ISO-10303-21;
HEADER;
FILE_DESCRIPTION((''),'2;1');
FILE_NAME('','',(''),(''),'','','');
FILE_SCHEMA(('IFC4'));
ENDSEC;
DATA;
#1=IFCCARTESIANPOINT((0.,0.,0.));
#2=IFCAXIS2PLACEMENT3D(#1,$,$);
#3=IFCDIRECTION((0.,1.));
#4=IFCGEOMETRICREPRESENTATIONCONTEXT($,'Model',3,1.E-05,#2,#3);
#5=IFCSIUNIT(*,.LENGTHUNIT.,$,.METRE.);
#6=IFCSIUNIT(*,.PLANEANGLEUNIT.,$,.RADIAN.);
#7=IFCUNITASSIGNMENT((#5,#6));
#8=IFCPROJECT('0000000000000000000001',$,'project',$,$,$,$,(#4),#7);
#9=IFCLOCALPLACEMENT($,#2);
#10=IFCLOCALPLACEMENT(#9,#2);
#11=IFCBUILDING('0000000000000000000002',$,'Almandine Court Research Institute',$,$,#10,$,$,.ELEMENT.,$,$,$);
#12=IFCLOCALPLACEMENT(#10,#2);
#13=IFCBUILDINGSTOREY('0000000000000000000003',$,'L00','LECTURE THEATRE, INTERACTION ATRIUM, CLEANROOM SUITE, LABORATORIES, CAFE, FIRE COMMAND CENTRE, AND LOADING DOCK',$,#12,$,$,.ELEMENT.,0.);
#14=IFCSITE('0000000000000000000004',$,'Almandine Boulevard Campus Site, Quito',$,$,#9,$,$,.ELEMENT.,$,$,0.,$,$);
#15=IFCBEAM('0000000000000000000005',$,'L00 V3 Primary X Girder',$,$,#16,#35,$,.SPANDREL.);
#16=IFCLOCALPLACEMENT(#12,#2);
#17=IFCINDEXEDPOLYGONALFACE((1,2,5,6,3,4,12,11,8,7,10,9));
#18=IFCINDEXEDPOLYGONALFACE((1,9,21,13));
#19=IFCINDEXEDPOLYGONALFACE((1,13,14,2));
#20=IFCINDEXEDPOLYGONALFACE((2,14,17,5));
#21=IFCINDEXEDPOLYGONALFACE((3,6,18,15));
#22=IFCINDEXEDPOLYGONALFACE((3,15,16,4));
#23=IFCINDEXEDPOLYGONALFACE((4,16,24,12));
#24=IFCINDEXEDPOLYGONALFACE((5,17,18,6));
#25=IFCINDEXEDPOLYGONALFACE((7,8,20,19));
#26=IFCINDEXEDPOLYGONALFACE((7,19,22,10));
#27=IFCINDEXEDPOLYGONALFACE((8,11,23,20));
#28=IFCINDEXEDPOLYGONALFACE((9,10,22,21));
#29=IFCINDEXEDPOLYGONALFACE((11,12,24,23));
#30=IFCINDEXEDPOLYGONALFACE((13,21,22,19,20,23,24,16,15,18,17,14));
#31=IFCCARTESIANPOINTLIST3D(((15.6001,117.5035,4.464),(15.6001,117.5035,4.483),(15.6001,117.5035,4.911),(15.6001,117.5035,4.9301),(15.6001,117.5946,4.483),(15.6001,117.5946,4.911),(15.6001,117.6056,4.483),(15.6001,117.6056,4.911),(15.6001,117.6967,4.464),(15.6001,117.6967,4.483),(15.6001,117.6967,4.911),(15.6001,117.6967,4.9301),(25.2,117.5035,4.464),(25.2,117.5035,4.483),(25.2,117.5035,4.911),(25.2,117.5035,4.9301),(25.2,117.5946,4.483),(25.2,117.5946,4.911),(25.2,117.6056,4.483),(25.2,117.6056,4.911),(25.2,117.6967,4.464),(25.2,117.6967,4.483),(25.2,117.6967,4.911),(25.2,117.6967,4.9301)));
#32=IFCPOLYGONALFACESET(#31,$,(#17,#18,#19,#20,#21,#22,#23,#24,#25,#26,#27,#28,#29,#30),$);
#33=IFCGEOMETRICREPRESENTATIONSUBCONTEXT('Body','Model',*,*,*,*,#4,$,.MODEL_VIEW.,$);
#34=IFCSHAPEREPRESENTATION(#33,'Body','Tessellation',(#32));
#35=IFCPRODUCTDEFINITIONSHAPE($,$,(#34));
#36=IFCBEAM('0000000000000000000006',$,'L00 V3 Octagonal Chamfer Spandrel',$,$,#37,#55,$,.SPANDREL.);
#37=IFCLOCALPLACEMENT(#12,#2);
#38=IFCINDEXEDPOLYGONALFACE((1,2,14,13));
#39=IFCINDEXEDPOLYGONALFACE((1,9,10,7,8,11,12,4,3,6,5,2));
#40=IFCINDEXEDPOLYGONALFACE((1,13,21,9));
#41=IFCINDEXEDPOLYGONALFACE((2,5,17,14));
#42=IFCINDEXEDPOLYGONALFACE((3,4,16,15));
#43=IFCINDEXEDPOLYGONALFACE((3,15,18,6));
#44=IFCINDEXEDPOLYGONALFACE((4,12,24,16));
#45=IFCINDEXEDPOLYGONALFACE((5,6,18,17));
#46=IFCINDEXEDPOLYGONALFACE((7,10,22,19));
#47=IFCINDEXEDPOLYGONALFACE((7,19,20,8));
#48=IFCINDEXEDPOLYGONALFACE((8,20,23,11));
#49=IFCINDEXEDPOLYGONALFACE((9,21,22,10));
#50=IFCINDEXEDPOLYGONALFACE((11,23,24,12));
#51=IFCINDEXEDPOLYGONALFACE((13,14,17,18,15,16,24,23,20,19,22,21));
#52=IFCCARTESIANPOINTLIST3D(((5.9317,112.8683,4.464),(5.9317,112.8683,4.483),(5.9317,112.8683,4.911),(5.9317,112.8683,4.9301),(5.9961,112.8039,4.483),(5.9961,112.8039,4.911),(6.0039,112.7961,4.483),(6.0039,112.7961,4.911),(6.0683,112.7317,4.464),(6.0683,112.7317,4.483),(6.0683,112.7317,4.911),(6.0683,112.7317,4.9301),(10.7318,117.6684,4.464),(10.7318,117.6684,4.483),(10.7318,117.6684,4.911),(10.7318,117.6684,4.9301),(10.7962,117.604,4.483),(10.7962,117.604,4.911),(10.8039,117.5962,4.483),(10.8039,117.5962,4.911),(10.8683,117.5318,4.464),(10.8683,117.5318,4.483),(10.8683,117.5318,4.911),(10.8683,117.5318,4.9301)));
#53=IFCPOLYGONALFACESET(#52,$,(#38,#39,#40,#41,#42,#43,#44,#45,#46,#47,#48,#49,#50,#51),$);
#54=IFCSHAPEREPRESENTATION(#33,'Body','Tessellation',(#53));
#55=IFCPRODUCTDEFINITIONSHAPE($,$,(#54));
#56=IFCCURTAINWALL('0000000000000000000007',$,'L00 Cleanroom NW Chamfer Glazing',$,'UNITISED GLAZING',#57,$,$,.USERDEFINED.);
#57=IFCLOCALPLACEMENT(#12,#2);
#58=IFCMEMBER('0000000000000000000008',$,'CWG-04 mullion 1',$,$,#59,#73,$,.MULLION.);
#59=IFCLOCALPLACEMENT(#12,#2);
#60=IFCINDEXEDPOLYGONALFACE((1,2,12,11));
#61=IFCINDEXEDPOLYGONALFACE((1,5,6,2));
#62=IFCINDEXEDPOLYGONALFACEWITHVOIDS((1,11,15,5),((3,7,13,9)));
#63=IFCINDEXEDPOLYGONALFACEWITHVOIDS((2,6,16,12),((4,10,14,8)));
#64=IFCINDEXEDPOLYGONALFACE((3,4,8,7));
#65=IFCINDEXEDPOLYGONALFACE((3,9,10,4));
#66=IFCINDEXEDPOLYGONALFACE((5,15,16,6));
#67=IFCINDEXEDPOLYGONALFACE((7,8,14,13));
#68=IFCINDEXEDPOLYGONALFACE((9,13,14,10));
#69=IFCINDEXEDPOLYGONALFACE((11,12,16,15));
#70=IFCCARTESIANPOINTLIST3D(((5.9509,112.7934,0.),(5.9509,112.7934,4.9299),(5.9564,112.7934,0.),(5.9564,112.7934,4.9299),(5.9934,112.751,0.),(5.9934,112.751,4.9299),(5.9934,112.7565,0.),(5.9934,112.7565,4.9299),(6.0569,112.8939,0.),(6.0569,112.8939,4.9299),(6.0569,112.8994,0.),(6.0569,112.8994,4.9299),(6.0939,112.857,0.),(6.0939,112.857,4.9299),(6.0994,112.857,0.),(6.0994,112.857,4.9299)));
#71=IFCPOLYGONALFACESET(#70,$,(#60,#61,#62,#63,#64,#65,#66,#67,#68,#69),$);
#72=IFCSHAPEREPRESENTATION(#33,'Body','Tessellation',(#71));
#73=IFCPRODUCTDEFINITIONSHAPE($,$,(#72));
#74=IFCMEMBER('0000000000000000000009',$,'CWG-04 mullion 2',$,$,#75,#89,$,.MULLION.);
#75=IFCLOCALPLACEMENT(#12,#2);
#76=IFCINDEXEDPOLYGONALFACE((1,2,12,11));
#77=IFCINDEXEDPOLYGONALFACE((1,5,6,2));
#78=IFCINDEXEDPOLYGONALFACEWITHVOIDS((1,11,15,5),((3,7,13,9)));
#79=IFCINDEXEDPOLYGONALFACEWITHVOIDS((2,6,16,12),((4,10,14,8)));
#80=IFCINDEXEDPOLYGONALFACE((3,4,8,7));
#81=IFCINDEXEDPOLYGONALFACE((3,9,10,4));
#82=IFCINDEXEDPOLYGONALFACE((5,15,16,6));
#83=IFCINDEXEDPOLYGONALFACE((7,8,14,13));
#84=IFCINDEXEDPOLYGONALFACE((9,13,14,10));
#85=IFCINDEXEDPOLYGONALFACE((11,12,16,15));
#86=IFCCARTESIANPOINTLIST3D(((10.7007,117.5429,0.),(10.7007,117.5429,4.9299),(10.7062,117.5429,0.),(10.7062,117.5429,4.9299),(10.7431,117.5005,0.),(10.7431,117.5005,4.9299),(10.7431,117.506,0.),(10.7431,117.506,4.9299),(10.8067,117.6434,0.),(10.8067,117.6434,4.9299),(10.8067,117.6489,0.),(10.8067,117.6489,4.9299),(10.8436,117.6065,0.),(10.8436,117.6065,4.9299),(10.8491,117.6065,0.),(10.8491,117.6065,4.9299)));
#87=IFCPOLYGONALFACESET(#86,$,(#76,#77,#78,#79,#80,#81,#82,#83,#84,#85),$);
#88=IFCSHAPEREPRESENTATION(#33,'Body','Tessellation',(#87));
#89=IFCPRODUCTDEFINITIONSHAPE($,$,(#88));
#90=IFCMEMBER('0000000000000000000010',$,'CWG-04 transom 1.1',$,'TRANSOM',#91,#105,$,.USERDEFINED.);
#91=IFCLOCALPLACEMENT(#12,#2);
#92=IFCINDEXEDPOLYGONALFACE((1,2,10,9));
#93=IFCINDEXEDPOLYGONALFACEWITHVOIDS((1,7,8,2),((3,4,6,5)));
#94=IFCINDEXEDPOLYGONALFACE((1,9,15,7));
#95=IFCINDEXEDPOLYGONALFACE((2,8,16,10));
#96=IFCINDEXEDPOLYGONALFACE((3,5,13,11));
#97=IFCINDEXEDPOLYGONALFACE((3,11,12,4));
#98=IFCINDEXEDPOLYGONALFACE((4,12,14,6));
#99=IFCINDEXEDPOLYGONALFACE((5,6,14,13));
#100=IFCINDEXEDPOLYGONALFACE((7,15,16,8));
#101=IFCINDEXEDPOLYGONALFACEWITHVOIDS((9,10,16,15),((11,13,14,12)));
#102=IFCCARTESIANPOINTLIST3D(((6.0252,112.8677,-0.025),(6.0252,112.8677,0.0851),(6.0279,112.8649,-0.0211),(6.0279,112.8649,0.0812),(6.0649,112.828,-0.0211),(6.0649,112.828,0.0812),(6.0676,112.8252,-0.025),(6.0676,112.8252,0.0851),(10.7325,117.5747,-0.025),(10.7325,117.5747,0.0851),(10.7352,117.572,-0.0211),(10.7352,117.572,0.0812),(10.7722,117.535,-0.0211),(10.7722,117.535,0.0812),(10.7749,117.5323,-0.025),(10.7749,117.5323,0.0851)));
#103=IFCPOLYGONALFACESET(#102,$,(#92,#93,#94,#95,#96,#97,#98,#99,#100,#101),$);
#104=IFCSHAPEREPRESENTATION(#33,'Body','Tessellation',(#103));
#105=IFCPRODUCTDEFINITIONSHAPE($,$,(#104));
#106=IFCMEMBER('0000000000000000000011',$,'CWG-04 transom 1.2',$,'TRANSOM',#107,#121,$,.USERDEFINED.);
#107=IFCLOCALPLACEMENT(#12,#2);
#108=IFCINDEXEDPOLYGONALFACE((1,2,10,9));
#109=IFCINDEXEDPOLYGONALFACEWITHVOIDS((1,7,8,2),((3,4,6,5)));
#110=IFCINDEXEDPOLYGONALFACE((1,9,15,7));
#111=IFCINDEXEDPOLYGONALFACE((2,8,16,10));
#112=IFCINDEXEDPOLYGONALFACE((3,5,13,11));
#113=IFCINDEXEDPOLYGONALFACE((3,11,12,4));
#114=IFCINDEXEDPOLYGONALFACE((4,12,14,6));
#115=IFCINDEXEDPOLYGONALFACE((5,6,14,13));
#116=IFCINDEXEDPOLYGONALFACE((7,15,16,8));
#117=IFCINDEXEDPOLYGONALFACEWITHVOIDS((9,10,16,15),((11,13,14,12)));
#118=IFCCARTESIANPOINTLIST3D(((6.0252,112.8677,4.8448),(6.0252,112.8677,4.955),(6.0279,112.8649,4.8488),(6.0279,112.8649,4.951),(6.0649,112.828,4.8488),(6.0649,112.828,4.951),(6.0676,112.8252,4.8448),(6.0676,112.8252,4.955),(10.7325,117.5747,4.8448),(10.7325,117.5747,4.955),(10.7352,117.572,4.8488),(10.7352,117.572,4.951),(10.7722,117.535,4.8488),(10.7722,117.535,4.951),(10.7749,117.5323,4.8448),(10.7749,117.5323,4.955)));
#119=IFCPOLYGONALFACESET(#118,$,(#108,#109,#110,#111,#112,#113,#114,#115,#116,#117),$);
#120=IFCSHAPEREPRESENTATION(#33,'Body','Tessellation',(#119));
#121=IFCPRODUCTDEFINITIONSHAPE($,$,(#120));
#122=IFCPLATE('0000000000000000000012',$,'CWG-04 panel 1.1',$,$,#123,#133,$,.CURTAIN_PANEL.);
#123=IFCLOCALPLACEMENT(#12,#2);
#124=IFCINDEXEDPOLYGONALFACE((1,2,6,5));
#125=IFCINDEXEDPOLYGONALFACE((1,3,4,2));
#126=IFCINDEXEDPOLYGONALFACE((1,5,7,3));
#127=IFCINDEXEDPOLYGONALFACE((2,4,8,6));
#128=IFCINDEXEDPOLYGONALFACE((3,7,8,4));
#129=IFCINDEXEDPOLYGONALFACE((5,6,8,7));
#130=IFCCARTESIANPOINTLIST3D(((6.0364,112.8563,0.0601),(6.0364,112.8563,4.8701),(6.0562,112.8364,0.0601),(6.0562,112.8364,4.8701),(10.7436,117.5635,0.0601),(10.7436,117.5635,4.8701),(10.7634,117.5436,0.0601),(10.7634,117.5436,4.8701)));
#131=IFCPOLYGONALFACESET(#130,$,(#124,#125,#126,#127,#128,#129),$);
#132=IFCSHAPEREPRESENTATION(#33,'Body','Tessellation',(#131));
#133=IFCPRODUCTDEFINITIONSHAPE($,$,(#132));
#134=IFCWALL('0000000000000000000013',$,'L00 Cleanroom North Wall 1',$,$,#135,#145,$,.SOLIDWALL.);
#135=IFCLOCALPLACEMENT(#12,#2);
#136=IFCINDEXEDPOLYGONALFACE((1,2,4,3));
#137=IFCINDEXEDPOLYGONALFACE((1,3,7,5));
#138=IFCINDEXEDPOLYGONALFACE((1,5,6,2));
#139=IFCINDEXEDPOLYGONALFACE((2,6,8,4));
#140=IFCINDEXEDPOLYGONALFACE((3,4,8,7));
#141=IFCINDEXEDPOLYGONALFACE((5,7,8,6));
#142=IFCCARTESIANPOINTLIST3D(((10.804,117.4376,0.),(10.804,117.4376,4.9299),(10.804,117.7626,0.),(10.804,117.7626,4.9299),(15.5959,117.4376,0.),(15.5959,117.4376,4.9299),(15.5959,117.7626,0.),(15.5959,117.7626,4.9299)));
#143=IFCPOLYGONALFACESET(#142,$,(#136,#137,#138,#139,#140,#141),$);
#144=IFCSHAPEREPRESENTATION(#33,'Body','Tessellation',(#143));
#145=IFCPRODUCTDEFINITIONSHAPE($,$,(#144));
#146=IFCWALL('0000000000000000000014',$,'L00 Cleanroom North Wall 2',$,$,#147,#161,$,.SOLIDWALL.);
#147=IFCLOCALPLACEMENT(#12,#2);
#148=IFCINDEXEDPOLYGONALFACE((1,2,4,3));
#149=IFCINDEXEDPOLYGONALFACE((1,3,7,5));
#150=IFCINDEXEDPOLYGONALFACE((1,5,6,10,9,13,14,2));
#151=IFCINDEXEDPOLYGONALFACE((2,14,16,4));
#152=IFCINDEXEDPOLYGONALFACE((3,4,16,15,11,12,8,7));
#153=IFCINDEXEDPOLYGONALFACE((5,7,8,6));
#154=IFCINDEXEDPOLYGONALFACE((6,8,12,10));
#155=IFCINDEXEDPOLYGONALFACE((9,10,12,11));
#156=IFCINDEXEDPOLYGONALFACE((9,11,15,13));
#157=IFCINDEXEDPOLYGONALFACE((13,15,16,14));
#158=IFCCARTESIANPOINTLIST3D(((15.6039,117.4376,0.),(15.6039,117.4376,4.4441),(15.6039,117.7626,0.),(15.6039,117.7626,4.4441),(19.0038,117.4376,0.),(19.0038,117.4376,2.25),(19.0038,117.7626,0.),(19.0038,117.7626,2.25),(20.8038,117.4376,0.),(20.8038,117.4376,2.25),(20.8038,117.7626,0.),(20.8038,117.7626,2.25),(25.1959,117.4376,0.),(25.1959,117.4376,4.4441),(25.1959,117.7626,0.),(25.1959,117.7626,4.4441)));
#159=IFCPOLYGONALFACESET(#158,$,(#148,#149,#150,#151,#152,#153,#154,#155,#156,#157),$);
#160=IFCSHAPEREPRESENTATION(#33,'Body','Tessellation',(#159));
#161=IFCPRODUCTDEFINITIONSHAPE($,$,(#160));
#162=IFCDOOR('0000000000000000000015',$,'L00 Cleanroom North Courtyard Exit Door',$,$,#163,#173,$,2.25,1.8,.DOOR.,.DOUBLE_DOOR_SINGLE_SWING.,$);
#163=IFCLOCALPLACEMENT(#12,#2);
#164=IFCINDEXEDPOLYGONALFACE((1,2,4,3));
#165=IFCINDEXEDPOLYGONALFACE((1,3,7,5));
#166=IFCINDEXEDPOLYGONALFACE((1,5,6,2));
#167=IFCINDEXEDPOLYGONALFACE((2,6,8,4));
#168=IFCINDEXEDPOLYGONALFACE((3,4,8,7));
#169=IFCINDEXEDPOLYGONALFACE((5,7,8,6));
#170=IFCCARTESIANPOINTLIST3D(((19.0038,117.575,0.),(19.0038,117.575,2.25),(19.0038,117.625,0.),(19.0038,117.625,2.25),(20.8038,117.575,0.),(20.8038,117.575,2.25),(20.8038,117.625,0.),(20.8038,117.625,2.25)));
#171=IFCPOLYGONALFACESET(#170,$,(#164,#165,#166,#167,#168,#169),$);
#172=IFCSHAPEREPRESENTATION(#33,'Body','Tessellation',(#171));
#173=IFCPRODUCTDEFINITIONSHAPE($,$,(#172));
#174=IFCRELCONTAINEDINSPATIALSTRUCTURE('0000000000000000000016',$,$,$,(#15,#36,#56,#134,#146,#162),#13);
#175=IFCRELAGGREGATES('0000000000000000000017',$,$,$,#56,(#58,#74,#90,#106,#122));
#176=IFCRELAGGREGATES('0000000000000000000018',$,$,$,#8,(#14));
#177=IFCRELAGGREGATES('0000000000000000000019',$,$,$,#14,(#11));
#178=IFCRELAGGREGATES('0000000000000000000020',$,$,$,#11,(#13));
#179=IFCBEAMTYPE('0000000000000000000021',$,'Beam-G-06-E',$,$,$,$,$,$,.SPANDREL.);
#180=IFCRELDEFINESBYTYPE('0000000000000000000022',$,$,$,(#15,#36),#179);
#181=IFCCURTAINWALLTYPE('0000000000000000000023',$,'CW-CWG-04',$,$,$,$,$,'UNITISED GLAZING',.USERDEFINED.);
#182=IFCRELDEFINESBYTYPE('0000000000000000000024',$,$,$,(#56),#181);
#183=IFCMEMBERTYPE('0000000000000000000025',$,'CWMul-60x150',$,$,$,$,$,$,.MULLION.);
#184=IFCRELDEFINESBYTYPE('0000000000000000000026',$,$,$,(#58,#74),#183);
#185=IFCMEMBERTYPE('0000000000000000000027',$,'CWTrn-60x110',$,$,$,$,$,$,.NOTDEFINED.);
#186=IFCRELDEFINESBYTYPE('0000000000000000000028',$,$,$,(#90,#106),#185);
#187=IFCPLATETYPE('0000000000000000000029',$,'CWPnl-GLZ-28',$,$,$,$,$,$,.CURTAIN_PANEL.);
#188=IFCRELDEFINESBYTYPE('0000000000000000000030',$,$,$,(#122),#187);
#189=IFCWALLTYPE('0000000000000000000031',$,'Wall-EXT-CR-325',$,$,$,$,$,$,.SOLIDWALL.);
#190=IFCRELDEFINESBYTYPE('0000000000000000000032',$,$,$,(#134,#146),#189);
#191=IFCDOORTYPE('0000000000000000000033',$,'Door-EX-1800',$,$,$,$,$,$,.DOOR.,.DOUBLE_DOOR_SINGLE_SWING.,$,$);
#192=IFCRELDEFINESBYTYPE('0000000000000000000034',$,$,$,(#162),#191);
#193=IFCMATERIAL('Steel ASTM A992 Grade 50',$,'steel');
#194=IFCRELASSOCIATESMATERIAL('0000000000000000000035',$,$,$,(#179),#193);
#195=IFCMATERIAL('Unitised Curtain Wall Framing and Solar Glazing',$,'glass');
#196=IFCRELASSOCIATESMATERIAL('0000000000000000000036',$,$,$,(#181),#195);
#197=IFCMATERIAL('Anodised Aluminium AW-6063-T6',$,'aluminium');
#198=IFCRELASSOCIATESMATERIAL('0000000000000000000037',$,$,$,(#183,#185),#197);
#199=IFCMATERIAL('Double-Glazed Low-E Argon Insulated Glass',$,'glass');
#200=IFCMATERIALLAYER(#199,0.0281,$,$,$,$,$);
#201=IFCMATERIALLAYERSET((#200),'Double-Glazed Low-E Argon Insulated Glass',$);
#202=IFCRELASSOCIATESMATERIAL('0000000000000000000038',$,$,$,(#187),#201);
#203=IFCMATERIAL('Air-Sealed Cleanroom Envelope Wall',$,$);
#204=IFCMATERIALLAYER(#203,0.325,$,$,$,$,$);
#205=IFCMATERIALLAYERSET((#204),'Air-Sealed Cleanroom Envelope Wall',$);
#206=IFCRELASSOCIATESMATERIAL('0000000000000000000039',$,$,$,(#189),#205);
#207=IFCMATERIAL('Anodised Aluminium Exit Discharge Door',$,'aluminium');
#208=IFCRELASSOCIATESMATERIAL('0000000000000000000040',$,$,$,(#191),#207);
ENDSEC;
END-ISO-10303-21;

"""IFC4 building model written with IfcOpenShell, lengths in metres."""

from ifc_helpers import new_model, si_unit, direction, frame, frame_2d, origin, origin_2d, place, context, subcontext, project, spatial, rectangle, hollow_rectangle, i_section, extrude, material, layer, layer_set, material_profile, profile_set, type_object, element, fill, aggregate, save


model = new_model("IFC4")

# Units and contexts
model_context = context("Model", 3, precision=1e-05, world=origin(), true_north=direction((0.0, 1.0)))
body_context = subcontext(model_context, "Body", "Model", "MODEL_VIEW")
ifc_project = project(units=[si_unit("LENGTHUNIT", "METRE"), si_unit("PLANEANGLEUNIT", "RADIAN")], contexts=[model_context])

# Site, building, storey
site_placement = place(None, origin())
site = spatial("IfcSite", under=ifc_project, at=site_placement, Name="Almandine Boulevard Campus Site, Quito", CompositionType="ELEMENT", RefElevation=0.0)
building_placement = place(site_placement, origin())
building = spatial("IfcBuilding", under=site, at=building_placement, Name="Almandine Court Research Institute", CompositionType="ELEMENT")
storey_placement = place(building_placement, origin())
storey = spatial("IfcBuildingStorey", under=building, at=storey_placement, Name="L00", Description="LECTURE THEATRE, INTERACTION ATRIUM, CLEANROOM SUITE, LABORATORIES, CAFE, FIRE COMMAND CENTRE, AND LOADING DOCK", CompositionType="ELEMENT", Elevation=0.0)

# Shared definitions
ifc_material_1 = material(Name="Steel ASTM A992 Grade 50", Category="steel")

# Beams
ifc_material_profile_1 = material_profile(ifc_material_1, i_section(OverallWidth=0.1931, OverallDepth=0.4661, WebThickness=0.011, FlangeThickness=0.019, at=origin_2d()), Name="W460x97")
ifc_profile_set_1 = profile_set([ifc_material_profile_1], Name="Steel ASTM A992 Grade 50")
beam_type_1 = type_object("IfcBeamType", Name="Beam-G-06-E", PredefinedType="SPANDREL", material=ifc_profile_set_1)
beam_1_placement = place(storey_placement, frame((15.6001, 117.6001, 4.697), z_axis=(1.0, 0.0, 0.0), x_axis=(0.0, 1.0, 0.0)))
element("IfcBeam", 1, at=beam_1_placement, inside=storey, type_object=beam_type_1, Name="L00 V3 Primary X Girder", PredefinedType="SPANDREL", context=body_context, shape_type="SweptSolid", body=[
    extrude(i_section(OverallWidth=0.1931, OverallDepth=0.4661, WebThickness=0.011, FlangeThickness=0.019, at=origin_2d()), origin(), (0.0, 0.0, 1.0), 9.5999),
])
beam_2_placement = place(storey_placement, frame((10.8, 117.6001, 4.697), z_axis=(-0.707107, -0.707107, 0.0), x_axis=(0.707107, -0.707107, 0.0)))
element("IfcBeam", 2, at=beam_2_placement, inside=storey, type_object=beam_type_1, Name="L00 V3 Octagonal Chamfer Spandrel", PredefinedType="SPANDREL", context=body_context, shape_type="SweptSolid", body=[
    extrude(i_section(OverallWidth=0.1931, OverallDepth=0.4661, WebThickness=0.011, FlangeThickness=0.019, at=origin_2d()), origin(), (0.0, 0.0, 1.0), 6.7883),
])

# Curtain wall, members, plate
ifc_material_2 = material(Name="Unitised Curtain Wall Framing and Solar Glazing", Category="glass")
curtain_wall_type = type_object("IfcCurtainWallType", Name="CW-CWG-04", ElementType="UNITISED GLAZING", PredefinedType="USERDEFINED", material=ifc_material_2)
curtain_wall_placement = place(storey_placement, origin())
curtain_wall = element("IfcCurtainWall", 3, at=curtain_wall_placement, inside=storey, type_object=curtain_wall_type, Name="L00 Cleanroom NW Chamfer Glazing", ObjectType="UNITISED GLAZING", PredefinedType="USERDEFINED")
ifc_material_3 = material(Name="Anodised Aluminium AW-6063-T6", Category="aluminium")
ifc_material_profile_2 = material_profile(ifc_material_3, hollow_rectangle(XDim=0.0601, YDim=0.1499, WallThickness=0.0039, at=origin_2d()), Name="ALU RHS 60x150x4")
ifc_profile_set_2 = profile_set([ifc_material_profile_2], Name="Anodised Aluminium AW-6063-T6")
member_type_1 = type_object("IfcMemberType", Name="CWMul-60x150", PredefinedType="MULLION", material=ifc_profile_set_2)
member_1_placement = place(storey_placement, frame((6.0251, 112.8252, 0.0), z_axis=(0.0, 0.0, 1.0), x_axis=(-0.707107, 0.707107, 0.0)))
member_1 = element("IfcMember", 4, at=member_1_placement, type_object=member_type_1, Name="CWG-04 mullion 1", PredefinedType="MULLION", context=body_context, shape_type="SweptSolid", body=[
    extrude(hollow_rectangle(XDim=0.0601, YDim=0.1499, WallThickness=0.0039, at=origin_2d()), origin(), (0.0, 0.0, 1.0), 4.9299),
])
member_2_placement = place(storey_placement, frame((10.7749, 117.5747, 0.0), z_axis=(0.0, 0.0, 1.0), x_axis=(-0.707107, 0.707107, 0.0)))
member_2 = element("IfcMember", 5, at=member_2_placement, type_object=member_type_1, Name="CWG-04 mullion 2", PredefinedType="MULLION", context=body_context, shape_type="SweptSolid", body=[
    extrude(hollow_rectangle(XDim=0.0601, YDim=0.1499, WallThickness=0.0039, at=origin_2d()), origin(), (0.0, 0.0, 1.0), 4.9299),
])
ifc_material_profile_3 = material_profile(ifc_material_3, hollow_rectangle(XDim=0.0601, YDim=0.1101, WallThickness=0.0039, at=origin_2d()), Name="ALU RHS 60x110x4")
ifc_profile_set_3 = profile_set([ifc_material_profile_3], Name="Anodised Aluminium AW-6063-T6")
member_type_2 = type_object("IfcMemberType", Name="CWTrn-60x110", PredefinedType="NOTDEFINED", material=ifc_profile_set_3)
member_3_placement = place(storey_placement, frame((6.0464, 112.8464, 0.03), z_axis=(0.707125, 0.707088, 0.0), x_axis=(-0.707088, 0.707125, 0.0)))
member_3 = element("IfcMember", 6, at=member_3_placement, type_object=member_type_2, Name="CWG-04 transom 1.1", ObjectType="TRANSOM", PredefinedType="USERDEFINED", context=body_context, shape_type="SweptSolid", body=[
    extrude(hollow_rectangle(XDim=0.0601, YDim=0.1101, WallThickness=0.0039, at=origin_2d()), origin(), (0.0, 0.0, 1.0), 6.657),
])
member_4_placement = place(storey_placement, frame((6.0464, 112.8464, 4.8999), z_axis=(0.707125, 0.707088, 0.0), x_axis=(-0.707088, 0.707125, 0.0)))
member_4 = element("IfcMember", 7, at=member_4_placement, type_object=member_type_2, Name="CWG-04 transom 1.2", ObjectType="TRANSOM", PredefinedType="USERDEFINED", context=body_context, shape_type="SweptSolid", body=[
    extrude(hollow_rectangle(XDim=0.0601, YDim=0.1101, WallThickness=0.0039, at=origin_2d()), origin(), (0.0, 0.0, 1.0), 6.657),
])
ifc_material_4 = material(Name="Double-Glazed Low-E Argon Insulated Glass", Category="glass")
ifc_layer_1 = layer(ifc_material_4, 0.0281)
ifc_layer_set_1 = layer_set([ifc_layer_1], Name="Double-Glazed Low-E Argon Insulated Glass")
plate_type = type_object("IfcPlateType", Name="CWPnl-GLZ-28", PredefinedType="CURTAIN_PANEL", material=ifc_layer_set_1)
plate_placement = place(storey_placement, frame((8.3999, 115.2, 0.0601), z_axis=(0.0, 0.0, 1.0), x_axis=(0.707107, 0.707107, 0.0)))
plate = element("IfcPlate", 8, at=plate_placement, type_object=plate_type, Name="CWG-04 panel 1.1", PredefinedType="CURTAIN_PANEL", context=body_context, shape_type="SweptSolid", body=[
    extrude(rectangle(XDim=6.657, YDim=0.0281, at=origin_2d()), origin(), (0.0, 0.0, 1.0), 4.8101),
])
aggregate(curtain_wall, [member_1, member_2, member_3, member_4, plate])

# Wall
ifc_material_5 = material(Name="Air-Sealed Cleanroom Envelope Wall")
ifc_layer_2 = layer(ifc_material_5, 0.325)
ifc_layer_set_2 = layer_set([ifc_layer_2], Name="Air-Sealed Cleanroom Envelope Wall")
wall_type_1 = type_object("IfcWallType", Name="Wall-EXT-CR-325", PredefinedType="SOLIDWALL", material=ifc_layer_set_2)
wall_1_placement = place(storey_placement, frame((10.804, 117.6001, 0.0), z_axis=(0.0, 0.0, 1.0), x_axis=(1.0, 0.0, 0.0)))
element("IfcWall", 9, at=wall_1_placement, inside=storey, type_object=wall_type_1, Name="L00 Cleanroom North Wall 1", PredefinedType="SOLIDWALL", context=body_context, shape_type="SweptSolid", body=[
    extrude(rectangle(XDim=4.792, YDim=0.325, at=frame_2d((2.396, 0.0))), origin(), (0.0, 0.0, 1.0), 4.9299),
])

# Wall, opening, door
wall_2_placement = place(storey_placement, frame((15.604, 117.6001, 0.0), z_axis=(0.0, 0.0, 1.0), x_axis=(1.0, 0.0, 0.0)))
wall_2 = element("IfcWall", 10, at=wall_2_placement, inside=storey, type_object=wall_type_1, Name="L00 Cleanroom North Wall 2", PredefinedType="SOLIDWALL", context=body_context, shape_type="SweptSolid", body=[
    extrude(rectangle(XDim=9.592, YDim=0.325, at=frame_2d((4.7959, 0.0))), origin(), (0.0, 0.0, 1.0), 4.4441),
])
opening_1_placement = place(wall_2_placement, frame((3.3999, 0.0, 0.0)))
opening_1 = element("IfcOpeningElement", 11, at=opening_1_placement, cuts=wall_2, PredefinedType="OPENING", context=body_context, shape_type="SweptSolid", body=[
    extrude(rectangle(XDim=1.8, YDim=2.25, at=frame_2d((0.8999, 1.125))), frame((0.0, 0.1724, 0.0), z_axis=(0.0, -1.0, 0.0), x_axis=(1.0, 0.0, 0.0)), (0.0, 0.0, 1.0), 0.345),
])
ifc_material_6 = material(Name="Anodised Aluminium Exit Discharge Door", Category="aluminium")
door_type_1 = type_object("IfcDoorType", Name="Door-EX-1800", OperationType="DOUBLE_DOOR_SINGLE_SWING", PredefinedType="DOOR", material=ifc_material_6)
door_1_placement = place(opening_1_placement, origin())
door_1 = element("IfcDoor", 12, at=door_1_placement, inside=storey, type_object=door_type_1, Name="L00 Cleanroom North Courtyard Exit Door", OperationType="DOUBLE_DOOR_SINGLE_SWING", OverallHeight=2.25, OverallWidth=1.8, PredefinedType="DOOR", context=body_context, shape_type="SweptSolid", body=[
    extrude(rectangle(XDim=1.8, YDim=2.25, at=frame_2d((0.8999, 1.125))), frame((0.0, 0.0249, 0.0), z_axis=(0.0, -1.0, 0.0), x_axis=(1.0, 0.0, 0.0)), (0.0, 0.0, 1.0), 0.05),
])
fill(opening_1, door_1)

save(model, "model.ifc")
